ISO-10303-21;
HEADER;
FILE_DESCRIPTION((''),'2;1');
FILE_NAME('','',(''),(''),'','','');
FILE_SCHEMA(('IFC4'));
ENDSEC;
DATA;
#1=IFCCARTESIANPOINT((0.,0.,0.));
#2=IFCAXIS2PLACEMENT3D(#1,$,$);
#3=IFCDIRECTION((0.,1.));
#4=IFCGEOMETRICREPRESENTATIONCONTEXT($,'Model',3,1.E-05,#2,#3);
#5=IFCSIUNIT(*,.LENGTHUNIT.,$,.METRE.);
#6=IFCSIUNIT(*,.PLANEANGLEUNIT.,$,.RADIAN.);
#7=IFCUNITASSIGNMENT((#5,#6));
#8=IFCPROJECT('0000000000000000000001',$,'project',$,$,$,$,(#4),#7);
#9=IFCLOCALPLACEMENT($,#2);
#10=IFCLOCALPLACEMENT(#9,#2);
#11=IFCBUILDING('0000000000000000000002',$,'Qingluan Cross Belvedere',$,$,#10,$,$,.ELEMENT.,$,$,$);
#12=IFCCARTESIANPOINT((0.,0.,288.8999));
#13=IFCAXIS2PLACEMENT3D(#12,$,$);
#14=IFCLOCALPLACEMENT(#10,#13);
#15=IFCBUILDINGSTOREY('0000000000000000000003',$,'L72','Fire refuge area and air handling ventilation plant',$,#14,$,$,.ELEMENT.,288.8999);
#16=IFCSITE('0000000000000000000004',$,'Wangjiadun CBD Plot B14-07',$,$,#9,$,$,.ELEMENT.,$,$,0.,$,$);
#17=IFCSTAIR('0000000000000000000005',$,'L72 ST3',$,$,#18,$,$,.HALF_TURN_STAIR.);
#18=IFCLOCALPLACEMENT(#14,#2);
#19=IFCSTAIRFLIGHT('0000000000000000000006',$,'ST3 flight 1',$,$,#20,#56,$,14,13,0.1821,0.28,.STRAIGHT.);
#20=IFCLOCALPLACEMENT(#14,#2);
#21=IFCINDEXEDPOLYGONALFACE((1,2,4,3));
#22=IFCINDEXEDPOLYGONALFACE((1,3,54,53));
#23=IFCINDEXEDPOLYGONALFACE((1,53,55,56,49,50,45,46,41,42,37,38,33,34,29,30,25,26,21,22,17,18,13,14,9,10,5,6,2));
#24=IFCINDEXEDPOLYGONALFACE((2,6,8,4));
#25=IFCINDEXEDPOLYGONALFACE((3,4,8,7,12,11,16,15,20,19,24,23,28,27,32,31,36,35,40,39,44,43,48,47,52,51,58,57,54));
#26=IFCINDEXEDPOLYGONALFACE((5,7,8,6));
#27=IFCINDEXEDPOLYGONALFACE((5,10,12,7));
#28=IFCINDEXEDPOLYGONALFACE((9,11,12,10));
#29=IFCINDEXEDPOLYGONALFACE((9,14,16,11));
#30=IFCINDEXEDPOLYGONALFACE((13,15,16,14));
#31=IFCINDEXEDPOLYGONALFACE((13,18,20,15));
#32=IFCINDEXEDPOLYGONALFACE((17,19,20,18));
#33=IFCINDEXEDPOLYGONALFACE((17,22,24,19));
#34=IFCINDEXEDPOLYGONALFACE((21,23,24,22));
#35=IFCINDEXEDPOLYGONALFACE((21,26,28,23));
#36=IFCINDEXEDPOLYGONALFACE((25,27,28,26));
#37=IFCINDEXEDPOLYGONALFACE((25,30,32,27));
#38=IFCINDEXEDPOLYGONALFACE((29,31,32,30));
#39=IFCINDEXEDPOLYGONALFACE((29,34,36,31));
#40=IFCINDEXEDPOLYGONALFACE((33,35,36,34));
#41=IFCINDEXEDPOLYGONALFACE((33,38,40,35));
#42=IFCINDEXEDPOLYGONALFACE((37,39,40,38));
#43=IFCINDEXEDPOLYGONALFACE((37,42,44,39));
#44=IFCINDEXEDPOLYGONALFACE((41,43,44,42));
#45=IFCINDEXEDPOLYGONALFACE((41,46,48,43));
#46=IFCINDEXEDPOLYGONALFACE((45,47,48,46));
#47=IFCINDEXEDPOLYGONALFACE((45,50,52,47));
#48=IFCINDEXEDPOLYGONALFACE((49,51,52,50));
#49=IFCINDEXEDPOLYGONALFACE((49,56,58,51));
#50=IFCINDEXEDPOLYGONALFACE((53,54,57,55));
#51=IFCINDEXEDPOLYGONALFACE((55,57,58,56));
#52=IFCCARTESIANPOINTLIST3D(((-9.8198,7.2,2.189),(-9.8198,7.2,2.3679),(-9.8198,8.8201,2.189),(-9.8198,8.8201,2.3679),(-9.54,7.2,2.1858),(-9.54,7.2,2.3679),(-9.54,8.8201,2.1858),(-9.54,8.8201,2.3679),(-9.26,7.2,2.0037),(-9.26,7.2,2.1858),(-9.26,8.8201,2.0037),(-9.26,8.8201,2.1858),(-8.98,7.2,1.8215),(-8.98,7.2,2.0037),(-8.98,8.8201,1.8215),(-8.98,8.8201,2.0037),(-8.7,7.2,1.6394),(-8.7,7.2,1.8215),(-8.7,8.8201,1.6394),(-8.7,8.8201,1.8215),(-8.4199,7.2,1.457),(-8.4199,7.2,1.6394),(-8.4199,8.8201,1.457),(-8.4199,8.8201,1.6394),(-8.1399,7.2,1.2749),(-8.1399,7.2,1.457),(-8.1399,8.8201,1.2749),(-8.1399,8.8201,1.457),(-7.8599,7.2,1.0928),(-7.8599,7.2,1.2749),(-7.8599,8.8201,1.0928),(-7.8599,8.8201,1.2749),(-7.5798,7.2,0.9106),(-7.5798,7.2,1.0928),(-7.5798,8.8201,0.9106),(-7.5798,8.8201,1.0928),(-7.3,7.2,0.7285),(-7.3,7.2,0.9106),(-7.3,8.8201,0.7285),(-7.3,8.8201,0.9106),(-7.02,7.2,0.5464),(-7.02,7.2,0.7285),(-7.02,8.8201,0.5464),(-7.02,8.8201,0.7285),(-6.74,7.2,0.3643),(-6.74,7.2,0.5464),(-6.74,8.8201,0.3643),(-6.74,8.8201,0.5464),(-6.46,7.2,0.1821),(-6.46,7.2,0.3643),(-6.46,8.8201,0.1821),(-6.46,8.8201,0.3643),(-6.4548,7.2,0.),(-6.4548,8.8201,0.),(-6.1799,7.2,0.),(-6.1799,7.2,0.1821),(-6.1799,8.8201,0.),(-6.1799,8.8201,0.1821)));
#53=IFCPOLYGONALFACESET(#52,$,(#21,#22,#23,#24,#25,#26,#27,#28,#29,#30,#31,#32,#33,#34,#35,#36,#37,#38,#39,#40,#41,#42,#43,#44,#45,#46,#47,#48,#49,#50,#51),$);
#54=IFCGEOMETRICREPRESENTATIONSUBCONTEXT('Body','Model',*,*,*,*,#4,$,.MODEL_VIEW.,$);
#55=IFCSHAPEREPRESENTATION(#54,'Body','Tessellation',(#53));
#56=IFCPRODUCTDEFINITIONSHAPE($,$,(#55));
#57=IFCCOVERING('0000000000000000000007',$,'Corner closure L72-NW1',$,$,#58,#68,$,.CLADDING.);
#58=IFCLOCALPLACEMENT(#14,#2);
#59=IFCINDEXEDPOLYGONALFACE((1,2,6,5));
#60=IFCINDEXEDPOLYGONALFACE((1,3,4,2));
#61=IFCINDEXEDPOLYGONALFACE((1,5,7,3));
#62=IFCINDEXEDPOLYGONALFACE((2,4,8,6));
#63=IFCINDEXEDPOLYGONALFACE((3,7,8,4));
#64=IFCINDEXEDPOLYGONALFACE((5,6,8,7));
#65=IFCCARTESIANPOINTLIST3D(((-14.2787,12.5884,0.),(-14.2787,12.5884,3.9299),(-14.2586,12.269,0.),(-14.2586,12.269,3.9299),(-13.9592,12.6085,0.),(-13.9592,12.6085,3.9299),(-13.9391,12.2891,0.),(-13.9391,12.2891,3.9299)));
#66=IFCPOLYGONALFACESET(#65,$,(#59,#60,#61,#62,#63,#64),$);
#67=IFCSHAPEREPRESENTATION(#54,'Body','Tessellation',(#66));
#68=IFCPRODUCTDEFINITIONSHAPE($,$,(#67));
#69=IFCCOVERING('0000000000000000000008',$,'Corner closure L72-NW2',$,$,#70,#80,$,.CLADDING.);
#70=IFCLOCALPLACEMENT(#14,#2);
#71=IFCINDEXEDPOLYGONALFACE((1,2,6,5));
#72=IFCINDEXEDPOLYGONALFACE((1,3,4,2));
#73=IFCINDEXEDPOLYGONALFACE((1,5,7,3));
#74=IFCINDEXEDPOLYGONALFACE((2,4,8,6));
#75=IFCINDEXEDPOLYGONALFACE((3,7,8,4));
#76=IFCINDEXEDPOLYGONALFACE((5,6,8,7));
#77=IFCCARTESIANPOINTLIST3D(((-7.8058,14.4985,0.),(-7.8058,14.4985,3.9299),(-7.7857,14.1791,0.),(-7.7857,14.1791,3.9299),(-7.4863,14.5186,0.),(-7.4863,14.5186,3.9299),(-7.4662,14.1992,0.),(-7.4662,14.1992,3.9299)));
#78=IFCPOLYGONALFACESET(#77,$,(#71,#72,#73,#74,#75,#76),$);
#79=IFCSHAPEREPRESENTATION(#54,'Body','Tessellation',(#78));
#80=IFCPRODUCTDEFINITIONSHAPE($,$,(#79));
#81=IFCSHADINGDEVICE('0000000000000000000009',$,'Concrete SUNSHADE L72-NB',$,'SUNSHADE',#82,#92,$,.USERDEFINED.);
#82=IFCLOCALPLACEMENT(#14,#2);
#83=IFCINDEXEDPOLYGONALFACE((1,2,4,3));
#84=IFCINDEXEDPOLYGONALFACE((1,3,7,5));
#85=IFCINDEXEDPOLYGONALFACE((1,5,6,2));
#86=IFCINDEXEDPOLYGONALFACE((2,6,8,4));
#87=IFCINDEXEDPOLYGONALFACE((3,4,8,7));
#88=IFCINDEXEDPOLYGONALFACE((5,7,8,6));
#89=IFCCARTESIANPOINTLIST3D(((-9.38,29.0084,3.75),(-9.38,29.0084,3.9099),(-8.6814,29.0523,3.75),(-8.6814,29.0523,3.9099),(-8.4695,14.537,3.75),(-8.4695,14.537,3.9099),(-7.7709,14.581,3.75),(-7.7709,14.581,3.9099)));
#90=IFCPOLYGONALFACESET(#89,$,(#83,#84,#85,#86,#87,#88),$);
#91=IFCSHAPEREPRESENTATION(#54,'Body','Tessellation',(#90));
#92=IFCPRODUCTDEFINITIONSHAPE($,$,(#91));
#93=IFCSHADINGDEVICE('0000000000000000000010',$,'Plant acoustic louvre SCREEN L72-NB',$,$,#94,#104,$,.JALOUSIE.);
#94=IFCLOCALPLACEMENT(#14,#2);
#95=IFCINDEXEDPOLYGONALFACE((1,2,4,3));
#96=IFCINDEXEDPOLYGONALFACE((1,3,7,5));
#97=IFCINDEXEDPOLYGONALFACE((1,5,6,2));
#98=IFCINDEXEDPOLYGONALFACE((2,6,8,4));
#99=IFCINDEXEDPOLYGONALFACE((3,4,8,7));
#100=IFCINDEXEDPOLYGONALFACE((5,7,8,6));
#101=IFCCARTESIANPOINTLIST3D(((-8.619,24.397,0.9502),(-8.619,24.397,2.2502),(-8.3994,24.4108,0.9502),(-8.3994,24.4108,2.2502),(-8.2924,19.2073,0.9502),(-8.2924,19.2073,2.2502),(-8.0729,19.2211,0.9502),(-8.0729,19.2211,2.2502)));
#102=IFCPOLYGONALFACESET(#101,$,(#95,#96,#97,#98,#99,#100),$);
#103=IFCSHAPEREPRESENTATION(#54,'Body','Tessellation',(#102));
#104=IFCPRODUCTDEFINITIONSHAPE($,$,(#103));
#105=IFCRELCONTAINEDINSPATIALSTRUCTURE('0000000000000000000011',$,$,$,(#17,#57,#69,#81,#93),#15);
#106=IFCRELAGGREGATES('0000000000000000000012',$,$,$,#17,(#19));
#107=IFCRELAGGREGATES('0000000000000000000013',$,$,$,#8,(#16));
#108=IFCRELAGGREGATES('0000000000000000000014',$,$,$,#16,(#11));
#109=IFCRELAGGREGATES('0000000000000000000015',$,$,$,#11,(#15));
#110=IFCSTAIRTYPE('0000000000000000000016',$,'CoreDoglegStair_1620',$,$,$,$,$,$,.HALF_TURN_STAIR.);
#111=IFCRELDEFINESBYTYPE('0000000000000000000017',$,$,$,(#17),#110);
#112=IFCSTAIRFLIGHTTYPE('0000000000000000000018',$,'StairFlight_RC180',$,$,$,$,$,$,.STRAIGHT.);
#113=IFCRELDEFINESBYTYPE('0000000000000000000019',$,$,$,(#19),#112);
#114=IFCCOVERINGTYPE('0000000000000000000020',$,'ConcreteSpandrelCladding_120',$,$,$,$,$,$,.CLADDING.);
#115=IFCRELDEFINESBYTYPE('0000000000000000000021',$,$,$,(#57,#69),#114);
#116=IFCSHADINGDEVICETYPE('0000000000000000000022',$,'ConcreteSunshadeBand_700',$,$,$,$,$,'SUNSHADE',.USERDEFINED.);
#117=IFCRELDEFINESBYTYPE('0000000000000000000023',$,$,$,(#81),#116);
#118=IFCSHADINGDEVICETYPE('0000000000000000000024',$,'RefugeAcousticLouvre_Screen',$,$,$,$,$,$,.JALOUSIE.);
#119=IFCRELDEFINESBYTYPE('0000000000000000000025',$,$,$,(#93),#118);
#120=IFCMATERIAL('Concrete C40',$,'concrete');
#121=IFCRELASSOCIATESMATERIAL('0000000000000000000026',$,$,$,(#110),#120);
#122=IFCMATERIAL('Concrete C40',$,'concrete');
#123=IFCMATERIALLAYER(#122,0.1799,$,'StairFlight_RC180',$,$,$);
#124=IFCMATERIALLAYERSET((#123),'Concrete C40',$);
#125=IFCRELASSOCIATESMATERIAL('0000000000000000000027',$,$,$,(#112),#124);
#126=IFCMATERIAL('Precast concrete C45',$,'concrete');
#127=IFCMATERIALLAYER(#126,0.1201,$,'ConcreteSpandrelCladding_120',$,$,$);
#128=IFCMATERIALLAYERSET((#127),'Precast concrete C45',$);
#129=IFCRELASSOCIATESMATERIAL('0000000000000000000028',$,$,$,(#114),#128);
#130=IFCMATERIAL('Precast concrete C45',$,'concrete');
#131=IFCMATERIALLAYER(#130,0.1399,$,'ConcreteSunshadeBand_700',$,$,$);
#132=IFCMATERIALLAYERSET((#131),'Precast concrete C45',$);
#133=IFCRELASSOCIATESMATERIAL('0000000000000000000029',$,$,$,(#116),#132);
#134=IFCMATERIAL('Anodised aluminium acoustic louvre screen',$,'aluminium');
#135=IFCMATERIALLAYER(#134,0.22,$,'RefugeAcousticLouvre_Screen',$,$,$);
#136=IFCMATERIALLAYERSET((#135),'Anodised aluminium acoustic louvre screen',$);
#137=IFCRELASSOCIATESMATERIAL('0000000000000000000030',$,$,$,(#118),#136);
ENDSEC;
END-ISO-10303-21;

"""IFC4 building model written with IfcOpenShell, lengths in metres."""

from ifc_helpers import new_model, si_unit, direction, frame, origin, origin_2d, place, context, subcontext, project, spatial, polyline, rectangle, outline, extrude, material, layer, layer_set, type_object, element, aggregate, save


model = new_model("IFC4")

# Units and contexts
model_context = context("Model", 3, precision=1e-05, world=origin(), true_north=direction((0.0, 1.0)))
body_context = subcontext(model_context, "Body", "Model", "MODEL_VIEW")
ifc_project = project(units=[si_unit("LENGTHUNIT", "METRE"), si_unit("PLANEANGLEUNIT", "RADIAN")], contexts=[model_context])

# Site, building, storey
site_placement = place(None, origin())
site = spatial("IfcSite", under=ifc_project, at=site_placement, Name="Wangjiadun CBD Plot B14-07", CompositionType="ELEMENT", RefElevation=0.0)
building_placement = place(site_placement, origin())
building = spatial("IfcBuilding", under=site, at=building_placement, Name="Qingluan Cross Belvedere", CompositionType="ELEMENT")
storey_placement = place(building_placement, frame((0.0, 0.0, 288.8999)))
storey = spatial("IfcBuildingStorey", under=building, at=storey_placement, Name="L72", Description="Fire refuge area and air handling ventilation plant", CompositionType="ELEMENT", Elevation=288.8999)

# Stair, stair flight
ifc_material_1 = material(Name="Concrete C40", Category="concrete")
stair_type = type_object("IfcStairType", Name="CoreDoglegStair_1620", PredefinedType="HALF_TURN_STAIR", material=ifc_material_1)
stair_placement = place(storey_placement, origin())
stair = element("IfcStair", 1, at=stair_placement, inside=storey, type_object=stair_type, Name="L72 ST3", PredefinedType="HALF_TURN_STAIR")
ifc_material_2 = material(Name="Concrete C40", Category="concrete")
ifc_layer_1 = layer(ifc_material_2, 0.1799, Name="StairFlight_RC180")
ifc_layer_set_1 = layer_set([ifc_layer_1], Name="Concrete C40")
stair_flight_type = type_object("IfcStairFlightType", Name="StairFlight_RC180", PredefinedType="STRAIGHT", material=ifc_layer_set_1)
stair_flight_placement = place(storey_placement, frame((-6.1799, 8.01, 0.0), z_axis=(0.0, 0.0, 1.0), x_axis=(-1.0, 0.0, 0.0)))
stair_flight = element("IfcStairFlight", 2, at=stair_flight_placement, type_object=stair_flight_type, Name="ST3 flight 1", NumberOfRisers=14, NumberOfTreads=13, PredefinedType="STRAIGHT", RiserHeight=0.1821, TreadLength=0.28, context=body_context, shape_type="SweptSolid", body=[
    extrude(outline(polyline([(0.0, 0.0), (0.0, 0.1821), (0.28, 0.1821), (0.28, 0.3643), (0.5601, 0.3643), (0.5601, 0.5464), (0.8401, 0.5464), (0.8401, 0.7285), (1.1201, 0.7285), (1.1201, 0.9106), (1.3999, 0.9106), (1.3999, 1.0928), (1.6799, 1.0928), (1.6799, 1.2749), (1.96, 1.2749), (1.96, 1.457), (2.24, 1.457), (2.24, 1.6394), (2.52, 1.6394), (2.52, 1.8215), (2.8, 1.8215), (2.8, 2.0037), (3.0801, 2.0037), (3.0801, 2.1858), (3.3601, 2.1858), (3.3601, 2.3679), (3.6399, 2.3679), (3.6399, 2.55), (3.6399, 2.189), (0.2749, 0.0), (0.0, 0.0)])), frame((0.0, 0.8101, 0.0), z_axis=(0.0, -1.0, 0.0), x_axis=(1.0, 0.0, 0.0)), (0.0, 0.0, 1.0), 1.6201),
])
aggregate(stair, [stair_flight])

# Coverings
ifc_material_3 = material(Name="Precast concrete C45", Category="concrete")
ifc_layer_2 = layer(ifc_material_3, 0.1201, Name="ConcreteSpandrelCladding_120")
ifc_layer_set_2 = layer_set([ifc_layer_2], Name="Precast concrete C45")
covering_type = type_object("IfcCoveringType", Name="ConcreteSpandrelCladding_120", PredefinedType="CLADDING", material=ifc_layer_set_2)
for number, where, z_axis, x_axis, name in (
    (3, (-14.1089, 12.4387, 0.0), (0.0, 0.0, 1.0), (0.998027, 0.062791, 0.0), "Corner closure L72-NW1"),
    (4, (-7.636, 14.3489, 0.0), (0.0, 0.0, 1.0), (0.998027, 0.062791, 0.0), "Corner closure L72-NW2"),
):
    element("IfcCovering", number, at=place(storey_placement, frame(where, z_axis=z_axis, x_axis=x_axis)), inside=storey, type_object=covering_type, Name=name, PredefinedType="CLADDING", context=body_context, shape_type="SweptSolid", body=[
        extrude(rectangle(XDim=0.3201, YDim=0.3201, at=origin_2d()), origin(), (0.0, 0.0, 1.0), 3.9299),
    ])

# Shading devices
ifc_material_4 = material(Name="Precast concrete C45", Category="concrete")
ifc_layer_3 = layer(ifc_material_4, 0.1399, Name="ConcreteSunshadeBand_700")
ifc_layer_set_3 = layer_set([ifc_layer_3], Name="Precast concrete C45")
shading_device_type_1 = type_object("IfcShadingDeviceType", Name="ConcreteSunshadeBand_700", ElementType="SUNSHADE", PredefinedType="USERDEFINED", material=ifc_layer_set_3)
shading_device_1_placement = place(storey_placement, frame((-8.5754, 21.7947, 3.75), z_axis=(0.0, 0.0, 1.0), x_axis=(0.062796, -0.998026, 0.0)))
element("IfcShadingDevice", 5, at=shading_device_1_placement, inside=storey, type_object=shading_device_type_1, Name="Concrete SUNSHADE L72-NB", ObjectType="SUNSHADE", PredefinedType="USERDEFINED", context=body_context, shape_type="SweptSolid", body=[
    extrude(rectangle(XDim=14.5, YDim=0.7, at=origin_2d()), origin(), (0.0, 0.0, 1.0), 0.1599),
])
ifc_material_5 = material(Name="Anodised aluminium acoustic louvre screen", Category="aluminium")
ifc_layer_4 = layer(ifc_material_5, 0.22, Name="RefugeAcousticLouvre_Screen")
ifc_layer_set_4 = layer_set([ifc_layer_4], Name="Anodised aluminium acoustic louvre screen")
shading_device_type_2 = type_object("IfcShadingDeviceType", Name="RefugeAcousticLouvre_Screen", PredefinedType="JALOUSIE", material=ifc_layer_set_4)
shading_device_2_placement = place(storey_placement, frame((-8.3459, 21.8091, 0.9502), z_axis=(0.0, 0.0, 1.0), x_axis=(0.062796, -0.998026, 0.0)))
element("IfcShadingDevice", 6, at=shading_device_2_placement, inside=storey, type_object=shading_device_type_2, Name="Plant acoustic louvre SCREEN L72-NB", PredefinedType="JALOUSIE", context=body_context, shape_type="SweptSolid", body=[
    extrude(rectangle(XDim=5.2, YDim=0.22, at=origin_2d()), origin(), (0.0, 0.0, 1.0), 1.3),
])

save(model, "model.ifc")
